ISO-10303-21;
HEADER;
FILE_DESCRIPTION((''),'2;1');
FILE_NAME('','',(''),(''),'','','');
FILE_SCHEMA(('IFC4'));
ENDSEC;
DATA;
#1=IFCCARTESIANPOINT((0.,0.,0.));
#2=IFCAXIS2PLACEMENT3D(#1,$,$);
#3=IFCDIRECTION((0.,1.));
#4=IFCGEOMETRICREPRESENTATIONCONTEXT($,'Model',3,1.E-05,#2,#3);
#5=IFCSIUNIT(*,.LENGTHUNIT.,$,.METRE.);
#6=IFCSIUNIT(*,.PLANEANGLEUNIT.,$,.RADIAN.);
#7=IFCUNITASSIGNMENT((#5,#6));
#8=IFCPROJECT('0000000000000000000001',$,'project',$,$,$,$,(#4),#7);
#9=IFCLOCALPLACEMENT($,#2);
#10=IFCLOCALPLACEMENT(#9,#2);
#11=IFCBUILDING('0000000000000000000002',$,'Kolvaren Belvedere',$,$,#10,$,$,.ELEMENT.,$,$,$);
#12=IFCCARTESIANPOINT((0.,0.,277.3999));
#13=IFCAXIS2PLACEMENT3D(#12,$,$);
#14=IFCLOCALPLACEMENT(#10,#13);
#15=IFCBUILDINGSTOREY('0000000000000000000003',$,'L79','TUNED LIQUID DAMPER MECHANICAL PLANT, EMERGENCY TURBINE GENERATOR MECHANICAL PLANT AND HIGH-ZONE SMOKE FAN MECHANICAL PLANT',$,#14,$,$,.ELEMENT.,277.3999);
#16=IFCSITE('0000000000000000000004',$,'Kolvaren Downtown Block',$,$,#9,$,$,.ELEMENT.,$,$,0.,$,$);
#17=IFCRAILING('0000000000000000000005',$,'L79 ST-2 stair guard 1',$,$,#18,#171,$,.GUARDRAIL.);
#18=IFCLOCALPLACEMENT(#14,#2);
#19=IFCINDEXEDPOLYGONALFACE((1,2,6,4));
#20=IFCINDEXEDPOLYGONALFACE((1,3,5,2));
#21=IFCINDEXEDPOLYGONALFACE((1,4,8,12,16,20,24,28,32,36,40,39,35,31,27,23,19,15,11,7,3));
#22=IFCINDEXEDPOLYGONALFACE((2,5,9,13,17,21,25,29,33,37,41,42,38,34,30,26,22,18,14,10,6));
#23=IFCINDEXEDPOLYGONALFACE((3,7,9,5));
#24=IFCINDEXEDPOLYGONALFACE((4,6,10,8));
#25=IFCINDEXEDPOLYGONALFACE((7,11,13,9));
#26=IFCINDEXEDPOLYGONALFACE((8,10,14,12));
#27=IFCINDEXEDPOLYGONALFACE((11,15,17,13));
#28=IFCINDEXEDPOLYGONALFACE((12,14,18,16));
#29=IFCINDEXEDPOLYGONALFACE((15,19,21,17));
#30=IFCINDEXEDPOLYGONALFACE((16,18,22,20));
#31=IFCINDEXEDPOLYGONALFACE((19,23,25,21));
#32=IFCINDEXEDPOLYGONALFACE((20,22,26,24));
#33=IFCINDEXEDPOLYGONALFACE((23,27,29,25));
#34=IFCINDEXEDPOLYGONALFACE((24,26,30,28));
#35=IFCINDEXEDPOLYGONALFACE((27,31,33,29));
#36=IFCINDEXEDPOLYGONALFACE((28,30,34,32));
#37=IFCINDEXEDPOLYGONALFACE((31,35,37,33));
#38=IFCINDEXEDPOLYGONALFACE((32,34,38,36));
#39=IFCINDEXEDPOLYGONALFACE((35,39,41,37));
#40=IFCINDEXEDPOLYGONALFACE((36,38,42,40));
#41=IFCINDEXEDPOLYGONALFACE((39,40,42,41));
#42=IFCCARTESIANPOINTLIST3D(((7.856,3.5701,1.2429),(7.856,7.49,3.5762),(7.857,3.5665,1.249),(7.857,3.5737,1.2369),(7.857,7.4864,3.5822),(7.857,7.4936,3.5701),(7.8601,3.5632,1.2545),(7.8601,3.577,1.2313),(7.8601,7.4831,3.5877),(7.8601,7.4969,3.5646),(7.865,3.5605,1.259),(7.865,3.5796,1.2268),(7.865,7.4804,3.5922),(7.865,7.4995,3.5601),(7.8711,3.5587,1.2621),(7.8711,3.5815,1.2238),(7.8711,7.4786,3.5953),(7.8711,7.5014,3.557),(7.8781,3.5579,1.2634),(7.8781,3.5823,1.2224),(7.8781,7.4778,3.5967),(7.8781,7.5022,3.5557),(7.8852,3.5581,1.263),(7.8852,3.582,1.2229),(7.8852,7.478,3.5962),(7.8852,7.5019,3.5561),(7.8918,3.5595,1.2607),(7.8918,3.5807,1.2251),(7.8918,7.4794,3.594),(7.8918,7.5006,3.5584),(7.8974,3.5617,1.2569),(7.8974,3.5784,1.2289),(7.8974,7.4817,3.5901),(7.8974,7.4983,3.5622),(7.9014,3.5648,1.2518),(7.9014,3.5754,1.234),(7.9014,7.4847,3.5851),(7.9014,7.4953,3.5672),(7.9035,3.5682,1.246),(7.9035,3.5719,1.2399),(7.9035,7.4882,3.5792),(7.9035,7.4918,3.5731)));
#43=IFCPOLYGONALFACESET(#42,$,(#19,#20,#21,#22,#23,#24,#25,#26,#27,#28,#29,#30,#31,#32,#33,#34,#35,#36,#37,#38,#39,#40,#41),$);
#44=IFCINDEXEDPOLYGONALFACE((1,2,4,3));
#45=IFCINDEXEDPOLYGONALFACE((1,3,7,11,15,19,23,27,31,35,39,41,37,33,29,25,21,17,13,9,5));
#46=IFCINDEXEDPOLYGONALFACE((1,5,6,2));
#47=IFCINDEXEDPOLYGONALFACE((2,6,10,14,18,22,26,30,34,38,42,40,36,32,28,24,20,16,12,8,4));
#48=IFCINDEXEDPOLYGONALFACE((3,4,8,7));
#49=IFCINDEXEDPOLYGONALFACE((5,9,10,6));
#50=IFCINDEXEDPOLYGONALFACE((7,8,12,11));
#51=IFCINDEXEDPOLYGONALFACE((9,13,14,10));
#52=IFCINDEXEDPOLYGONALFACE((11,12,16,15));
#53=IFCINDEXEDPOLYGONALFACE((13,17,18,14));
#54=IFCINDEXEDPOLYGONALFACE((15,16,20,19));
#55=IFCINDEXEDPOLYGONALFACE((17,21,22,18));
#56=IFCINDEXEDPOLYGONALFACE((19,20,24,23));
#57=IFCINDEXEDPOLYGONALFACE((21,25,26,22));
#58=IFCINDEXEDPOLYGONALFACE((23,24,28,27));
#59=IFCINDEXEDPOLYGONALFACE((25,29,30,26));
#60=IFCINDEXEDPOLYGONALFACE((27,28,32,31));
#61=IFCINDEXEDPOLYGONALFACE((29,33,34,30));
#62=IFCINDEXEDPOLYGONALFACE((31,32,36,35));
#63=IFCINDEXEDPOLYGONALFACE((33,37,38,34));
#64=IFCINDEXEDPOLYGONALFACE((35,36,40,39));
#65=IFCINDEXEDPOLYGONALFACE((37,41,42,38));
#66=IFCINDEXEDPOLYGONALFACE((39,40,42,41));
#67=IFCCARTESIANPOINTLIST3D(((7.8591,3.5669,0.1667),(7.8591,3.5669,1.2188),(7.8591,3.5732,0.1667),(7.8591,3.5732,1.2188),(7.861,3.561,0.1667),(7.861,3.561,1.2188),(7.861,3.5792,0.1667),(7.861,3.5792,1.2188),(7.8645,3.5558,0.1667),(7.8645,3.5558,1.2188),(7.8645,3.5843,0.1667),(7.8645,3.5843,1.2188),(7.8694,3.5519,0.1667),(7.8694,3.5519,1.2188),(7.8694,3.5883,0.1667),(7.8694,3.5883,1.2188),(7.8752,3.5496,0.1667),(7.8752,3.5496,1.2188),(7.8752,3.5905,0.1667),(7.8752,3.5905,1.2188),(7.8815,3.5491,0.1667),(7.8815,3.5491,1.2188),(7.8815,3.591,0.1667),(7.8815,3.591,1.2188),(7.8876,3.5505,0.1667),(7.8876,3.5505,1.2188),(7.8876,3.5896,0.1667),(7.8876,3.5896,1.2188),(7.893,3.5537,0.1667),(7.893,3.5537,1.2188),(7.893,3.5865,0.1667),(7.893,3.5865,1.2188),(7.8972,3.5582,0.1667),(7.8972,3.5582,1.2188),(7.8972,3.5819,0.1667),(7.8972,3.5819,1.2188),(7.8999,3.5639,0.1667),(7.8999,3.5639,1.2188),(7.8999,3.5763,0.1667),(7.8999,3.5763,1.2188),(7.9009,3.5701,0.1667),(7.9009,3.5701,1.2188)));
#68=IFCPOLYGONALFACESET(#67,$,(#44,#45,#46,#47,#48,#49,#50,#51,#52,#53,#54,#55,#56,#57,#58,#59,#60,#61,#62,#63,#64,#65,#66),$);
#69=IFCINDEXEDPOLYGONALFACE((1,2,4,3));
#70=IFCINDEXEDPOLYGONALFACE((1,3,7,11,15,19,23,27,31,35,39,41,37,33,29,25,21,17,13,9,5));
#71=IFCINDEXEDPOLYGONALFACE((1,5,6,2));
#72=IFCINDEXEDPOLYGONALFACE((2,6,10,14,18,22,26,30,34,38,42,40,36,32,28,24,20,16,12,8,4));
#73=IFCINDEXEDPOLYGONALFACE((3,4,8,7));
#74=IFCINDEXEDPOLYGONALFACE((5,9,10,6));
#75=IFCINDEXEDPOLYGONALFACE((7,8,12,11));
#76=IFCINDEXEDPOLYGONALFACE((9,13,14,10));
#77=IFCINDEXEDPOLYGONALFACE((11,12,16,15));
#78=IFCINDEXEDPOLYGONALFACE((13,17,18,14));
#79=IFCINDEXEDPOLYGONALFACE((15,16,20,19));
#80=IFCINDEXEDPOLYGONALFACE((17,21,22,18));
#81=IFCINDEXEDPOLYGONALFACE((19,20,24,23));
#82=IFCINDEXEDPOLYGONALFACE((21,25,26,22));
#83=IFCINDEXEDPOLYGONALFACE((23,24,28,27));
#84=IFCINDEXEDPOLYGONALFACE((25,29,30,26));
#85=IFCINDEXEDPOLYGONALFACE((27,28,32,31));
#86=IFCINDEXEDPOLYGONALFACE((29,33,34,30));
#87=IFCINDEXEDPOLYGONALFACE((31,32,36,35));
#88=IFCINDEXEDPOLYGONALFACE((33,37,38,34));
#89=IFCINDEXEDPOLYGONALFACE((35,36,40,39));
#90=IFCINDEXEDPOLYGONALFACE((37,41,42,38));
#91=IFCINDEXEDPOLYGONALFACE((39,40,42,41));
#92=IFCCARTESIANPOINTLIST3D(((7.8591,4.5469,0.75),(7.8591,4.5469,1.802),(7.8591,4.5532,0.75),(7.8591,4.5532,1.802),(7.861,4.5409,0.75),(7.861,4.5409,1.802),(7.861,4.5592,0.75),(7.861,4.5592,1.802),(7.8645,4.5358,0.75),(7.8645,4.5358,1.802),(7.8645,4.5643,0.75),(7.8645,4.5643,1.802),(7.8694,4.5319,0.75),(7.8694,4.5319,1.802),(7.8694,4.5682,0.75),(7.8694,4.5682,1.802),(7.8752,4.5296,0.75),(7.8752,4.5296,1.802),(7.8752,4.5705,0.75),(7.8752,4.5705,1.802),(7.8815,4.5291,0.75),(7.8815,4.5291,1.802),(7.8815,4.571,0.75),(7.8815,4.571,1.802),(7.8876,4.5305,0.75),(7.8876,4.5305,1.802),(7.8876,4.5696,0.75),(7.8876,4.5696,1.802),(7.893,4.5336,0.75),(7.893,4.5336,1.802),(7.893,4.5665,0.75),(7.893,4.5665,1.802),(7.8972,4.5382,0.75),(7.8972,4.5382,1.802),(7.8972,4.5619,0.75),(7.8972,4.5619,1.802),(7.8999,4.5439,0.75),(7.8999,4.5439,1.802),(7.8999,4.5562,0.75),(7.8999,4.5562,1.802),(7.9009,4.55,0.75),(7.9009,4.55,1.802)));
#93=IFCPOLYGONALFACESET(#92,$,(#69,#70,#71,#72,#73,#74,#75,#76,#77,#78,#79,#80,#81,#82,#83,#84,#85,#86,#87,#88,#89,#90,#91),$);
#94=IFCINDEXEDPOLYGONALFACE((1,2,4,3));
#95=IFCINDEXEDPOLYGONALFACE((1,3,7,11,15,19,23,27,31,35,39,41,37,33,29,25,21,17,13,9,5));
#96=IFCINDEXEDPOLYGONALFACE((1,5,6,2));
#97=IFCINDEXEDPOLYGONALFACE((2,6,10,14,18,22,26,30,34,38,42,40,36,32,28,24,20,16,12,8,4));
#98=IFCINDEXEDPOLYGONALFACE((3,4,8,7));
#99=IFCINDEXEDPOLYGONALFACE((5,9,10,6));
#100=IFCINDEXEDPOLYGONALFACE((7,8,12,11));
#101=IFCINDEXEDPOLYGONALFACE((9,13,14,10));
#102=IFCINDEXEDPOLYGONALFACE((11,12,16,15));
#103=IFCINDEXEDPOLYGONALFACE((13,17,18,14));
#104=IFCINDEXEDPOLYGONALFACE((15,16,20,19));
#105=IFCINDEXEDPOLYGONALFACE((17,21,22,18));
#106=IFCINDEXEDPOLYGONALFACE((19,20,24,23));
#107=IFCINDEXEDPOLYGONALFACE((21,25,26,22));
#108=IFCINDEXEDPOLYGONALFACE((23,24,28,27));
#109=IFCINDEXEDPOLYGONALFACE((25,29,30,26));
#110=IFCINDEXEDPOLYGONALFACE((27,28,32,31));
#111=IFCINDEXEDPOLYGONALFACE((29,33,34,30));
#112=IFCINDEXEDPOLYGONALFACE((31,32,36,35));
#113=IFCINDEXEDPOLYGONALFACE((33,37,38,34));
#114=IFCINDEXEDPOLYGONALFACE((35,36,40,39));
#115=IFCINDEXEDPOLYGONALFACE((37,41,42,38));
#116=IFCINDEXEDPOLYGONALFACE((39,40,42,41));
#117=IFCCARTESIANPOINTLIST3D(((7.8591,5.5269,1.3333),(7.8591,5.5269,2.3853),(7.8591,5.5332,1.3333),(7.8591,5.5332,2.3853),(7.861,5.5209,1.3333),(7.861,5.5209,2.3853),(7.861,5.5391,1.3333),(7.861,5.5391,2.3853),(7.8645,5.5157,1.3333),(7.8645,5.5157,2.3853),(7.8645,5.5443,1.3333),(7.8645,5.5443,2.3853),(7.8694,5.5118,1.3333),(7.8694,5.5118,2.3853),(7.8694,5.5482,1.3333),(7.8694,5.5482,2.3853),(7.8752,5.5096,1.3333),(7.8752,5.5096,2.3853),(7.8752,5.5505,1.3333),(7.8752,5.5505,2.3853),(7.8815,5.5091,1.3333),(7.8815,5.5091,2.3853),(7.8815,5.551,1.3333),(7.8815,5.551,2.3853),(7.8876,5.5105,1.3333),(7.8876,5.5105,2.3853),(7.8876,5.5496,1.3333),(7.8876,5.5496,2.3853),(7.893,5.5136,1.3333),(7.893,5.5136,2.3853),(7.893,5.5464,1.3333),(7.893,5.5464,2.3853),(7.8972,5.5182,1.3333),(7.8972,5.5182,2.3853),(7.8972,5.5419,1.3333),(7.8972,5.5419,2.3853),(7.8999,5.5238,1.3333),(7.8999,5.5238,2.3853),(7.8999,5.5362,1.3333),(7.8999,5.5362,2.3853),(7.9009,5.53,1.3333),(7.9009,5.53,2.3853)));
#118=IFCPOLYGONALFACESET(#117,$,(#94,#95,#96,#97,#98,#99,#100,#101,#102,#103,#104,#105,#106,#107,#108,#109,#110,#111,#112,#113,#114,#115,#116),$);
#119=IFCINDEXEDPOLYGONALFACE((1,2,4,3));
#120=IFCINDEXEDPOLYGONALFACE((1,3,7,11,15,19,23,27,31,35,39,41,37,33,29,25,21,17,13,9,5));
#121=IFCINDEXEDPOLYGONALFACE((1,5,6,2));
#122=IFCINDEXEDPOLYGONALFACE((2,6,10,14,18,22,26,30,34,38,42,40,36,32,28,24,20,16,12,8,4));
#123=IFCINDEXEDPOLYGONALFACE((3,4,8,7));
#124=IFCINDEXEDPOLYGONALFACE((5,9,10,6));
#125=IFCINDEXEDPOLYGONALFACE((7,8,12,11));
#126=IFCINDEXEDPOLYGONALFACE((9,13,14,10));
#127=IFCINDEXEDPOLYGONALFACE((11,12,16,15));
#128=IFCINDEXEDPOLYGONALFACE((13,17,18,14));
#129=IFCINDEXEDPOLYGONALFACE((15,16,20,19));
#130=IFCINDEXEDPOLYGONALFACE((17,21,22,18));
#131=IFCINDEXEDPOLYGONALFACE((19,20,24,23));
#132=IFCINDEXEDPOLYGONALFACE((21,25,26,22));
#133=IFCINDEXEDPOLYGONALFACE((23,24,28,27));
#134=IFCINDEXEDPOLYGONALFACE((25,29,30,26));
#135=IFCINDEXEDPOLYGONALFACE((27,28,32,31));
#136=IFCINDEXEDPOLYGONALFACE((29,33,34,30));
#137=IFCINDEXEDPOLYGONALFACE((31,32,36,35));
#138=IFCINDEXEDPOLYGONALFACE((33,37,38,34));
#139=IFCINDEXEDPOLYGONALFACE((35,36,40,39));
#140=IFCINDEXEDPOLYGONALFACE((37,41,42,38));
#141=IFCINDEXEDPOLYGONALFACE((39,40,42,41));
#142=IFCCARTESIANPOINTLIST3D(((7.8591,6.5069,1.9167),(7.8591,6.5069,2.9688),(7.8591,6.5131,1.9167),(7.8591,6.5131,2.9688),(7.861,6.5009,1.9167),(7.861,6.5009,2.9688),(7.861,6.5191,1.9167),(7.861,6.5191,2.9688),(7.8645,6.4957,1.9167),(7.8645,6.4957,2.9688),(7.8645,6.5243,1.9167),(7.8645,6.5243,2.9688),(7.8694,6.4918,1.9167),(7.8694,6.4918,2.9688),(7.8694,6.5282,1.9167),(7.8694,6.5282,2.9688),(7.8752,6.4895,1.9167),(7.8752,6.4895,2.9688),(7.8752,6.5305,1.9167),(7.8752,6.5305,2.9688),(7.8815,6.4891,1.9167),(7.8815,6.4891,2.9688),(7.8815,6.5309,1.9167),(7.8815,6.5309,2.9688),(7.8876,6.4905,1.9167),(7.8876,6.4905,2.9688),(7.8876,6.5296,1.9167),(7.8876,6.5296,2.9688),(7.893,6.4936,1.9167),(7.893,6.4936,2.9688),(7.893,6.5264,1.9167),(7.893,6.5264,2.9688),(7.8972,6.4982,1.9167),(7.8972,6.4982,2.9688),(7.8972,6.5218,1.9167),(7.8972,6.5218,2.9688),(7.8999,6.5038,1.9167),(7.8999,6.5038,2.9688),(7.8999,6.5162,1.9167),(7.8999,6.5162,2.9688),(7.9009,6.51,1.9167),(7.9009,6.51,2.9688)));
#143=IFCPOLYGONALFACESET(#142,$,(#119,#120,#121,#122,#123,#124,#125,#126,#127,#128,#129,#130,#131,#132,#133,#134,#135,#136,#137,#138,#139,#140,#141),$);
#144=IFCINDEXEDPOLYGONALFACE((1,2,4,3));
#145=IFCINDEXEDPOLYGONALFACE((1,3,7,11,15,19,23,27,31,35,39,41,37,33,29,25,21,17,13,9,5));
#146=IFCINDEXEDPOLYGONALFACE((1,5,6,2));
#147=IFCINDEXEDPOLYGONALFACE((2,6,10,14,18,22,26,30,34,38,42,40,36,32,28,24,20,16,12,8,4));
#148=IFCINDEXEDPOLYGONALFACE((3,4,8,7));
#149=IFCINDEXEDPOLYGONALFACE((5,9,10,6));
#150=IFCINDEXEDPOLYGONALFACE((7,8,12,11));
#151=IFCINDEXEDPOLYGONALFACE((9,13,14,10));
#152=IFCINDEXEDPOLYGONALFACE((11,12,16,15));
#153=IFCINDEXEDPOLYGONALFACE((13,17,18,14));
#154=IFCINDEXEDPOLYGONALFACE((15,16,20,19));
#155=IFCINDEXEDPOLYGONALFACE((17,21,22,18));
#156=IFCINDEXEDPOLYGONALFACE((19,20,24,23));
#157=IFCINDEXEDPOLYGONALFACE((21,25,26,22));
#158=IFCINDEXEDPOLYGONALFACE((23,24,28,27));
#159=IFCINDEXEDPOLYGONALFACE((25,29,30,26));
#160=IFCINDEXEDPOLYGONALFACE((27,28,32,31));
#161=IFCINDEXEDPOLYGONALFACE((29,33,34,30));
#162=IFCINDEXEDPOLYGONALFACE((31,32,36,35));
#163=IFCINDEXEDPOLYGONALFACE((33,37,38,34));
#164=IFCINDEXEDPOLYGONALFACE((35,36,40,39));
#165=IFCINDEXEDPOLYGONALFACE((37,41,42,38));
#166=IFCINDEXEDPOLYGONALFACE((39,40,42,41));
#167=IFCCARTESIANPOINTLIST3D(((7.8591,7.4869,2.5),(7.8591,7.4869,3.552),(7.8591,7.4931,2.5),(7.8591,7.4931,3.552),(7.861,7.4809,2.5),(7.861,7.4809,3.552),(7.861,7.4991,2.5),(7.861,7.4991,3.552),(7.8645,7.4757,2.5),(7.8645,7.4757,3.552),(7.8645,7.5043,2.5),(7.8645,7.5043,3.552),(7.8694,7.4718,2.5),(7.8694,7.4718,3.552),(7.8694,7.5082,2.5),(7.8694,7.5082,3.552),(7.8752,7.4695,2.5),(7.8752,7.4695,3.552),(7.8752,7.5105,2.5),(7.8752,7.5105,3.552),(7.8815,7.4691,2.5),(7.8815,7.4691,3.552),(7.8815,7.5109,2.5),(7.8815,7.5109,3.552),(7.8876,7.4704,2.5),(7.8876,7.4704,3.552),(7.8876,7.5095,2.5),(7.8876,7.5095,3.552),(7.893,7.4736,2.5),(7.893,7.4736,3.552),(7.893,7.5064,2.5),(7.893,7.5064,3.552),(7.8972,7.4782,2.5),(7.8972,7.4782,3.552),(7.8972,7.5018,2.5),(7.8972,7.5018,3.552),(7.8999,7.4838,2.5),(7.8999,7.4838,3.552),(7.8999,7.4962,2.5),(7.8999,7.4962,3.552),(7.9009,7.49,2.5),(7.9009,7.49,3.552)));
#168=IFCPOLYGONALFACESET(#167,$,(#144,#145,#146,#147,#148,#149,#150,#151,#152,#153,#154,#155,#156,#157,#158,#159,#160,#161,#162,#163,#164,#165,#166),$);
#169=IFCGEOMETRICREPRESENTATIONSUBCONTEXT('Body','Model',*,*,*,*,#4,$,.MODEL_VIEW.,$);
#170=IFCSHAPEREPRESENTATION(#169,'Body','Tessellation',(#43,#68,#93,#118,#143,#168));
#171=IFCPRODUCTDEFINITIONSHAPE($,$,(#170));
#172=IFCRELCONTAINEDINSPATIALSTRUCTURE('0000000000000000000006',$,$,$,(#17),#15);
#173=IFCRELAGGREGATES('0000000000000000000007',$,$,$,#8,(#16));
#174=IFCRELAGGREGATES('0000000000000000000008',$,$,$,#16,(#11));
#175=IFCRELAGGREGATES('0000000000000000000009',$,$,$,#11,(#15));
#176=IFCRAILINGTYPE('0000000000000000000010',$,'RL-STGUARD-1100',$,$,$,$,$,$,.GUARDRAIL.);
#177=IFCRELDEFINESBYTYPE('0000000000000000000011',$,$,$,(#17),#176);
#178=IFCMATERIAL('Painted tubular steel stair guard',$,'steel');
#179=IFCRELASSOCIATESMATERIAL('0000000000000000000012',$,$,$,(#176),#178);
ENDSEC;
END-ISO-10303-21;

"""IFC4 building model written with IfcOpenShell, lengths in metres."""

from ifc_helpers import new_model, si_unit, direction, frame, origin, origin_2d, place, context, subcontext, project, spatial, circle, extrude, material, type_object, element, save


model = new_model("IFC4")

# Units and contexts
model_context = context("Model", 3, precision=1e-05, world=origin(), true_north=direction((0.0, 1.0)))
body_context = subcontext(model_context, "Body", "Model", "MODEL_VIEW")
ifc_project = project(units=[si_unit("LENGTHUNIT", "METRE"), si_unit("PLANEANGLEUNIT", "RADIAN")], contexts=[model_context])

# Site, building, storey
site_placement = place(None, origin())
site = spatial("IfcSite", under=ifc_project, at=site_placement, Name="Kolvaren Downtown Block", CompositionType="ELEMENT", RefElevation=0.0)
building_placement = place(site_placement, origin())
building = spatial("IfcBuilding", under=site, at=building_placement, Name="Kolvaren Belvedere", CompositionType="ELEMENT")
storey_placement = place(building_placement, frame((0.0, 0.0, 277.3999)))
storey = spatial("IfcBuildingStorey", under=building, at=storey_placement, Name="L79", Description="TUNED LIQUID DAMPER MECHANICAL PLANT, EMERGENCY TURBINE GENERATOR MECHANICAL PLANT AND HIGH-ZONE SMOKE FAN MECHANICAL PLANT", CompositionType="ELEMENT", Elevation=277.3999)

# Railing
ifc_material_1 = material(Name="Painted tubular steel stair guard", Category="steel")
railing_type_1 = type_object("IfcRailingType", Name="RL-STGUARD-1100", PredefinedType="GUARDRAIL", material=ifc_material_1)
railing_1_placement = place(storey_placement, frame((7.8799, 3.5701, 0.1667)))
element("IfcRailing", 1, at=railing_1_placement, inside=storey, type_object=railing_type_1, Name="L79 ST-2 stair guard 1", PredefinedType="GUARDRAIL", context=body_context, shape_type="SweptSolid", body=[
    extrude(circle(Radius=0.0239, at=origin_2d()), frame((0.0, 0.0, 1.0762), z_axis=(0.0, 0.859296, 0.511478), x_axis=(-1.0, 0.0, 0.0)), (0.0, 0.0, 1.0), 4.5618),
    extrude(circle(Radius=0.021, at=origin_2d()), origin(), (0.0, 0.0, 1.0), 1.052),
    extrude(circle(Radius=0.021, at=origin_2d()), frame((0.0, 0.98, 0.5833)), (0.0, 0.0, 1.0), 1.052),
    extrude(circle(Radius=0.021, at=origin_2d()), frame((0.0, 1.96, 1.1665)), (0.0, 0.0, 1.0), 1.052),
    extrude(circle(Radius=0.021, at=origin_2d()), frame((0.0, 2.9399, 1.75)), (0.0, 0.0, 1.0), 1.052),
    extrude(circle(Radius=0.021, at=origin_2d()), frame((0.0, 3.9199, 2.3333)), (0.0, 0.0, 1.0), 1.052),
])

save(model, "model.ifc")
